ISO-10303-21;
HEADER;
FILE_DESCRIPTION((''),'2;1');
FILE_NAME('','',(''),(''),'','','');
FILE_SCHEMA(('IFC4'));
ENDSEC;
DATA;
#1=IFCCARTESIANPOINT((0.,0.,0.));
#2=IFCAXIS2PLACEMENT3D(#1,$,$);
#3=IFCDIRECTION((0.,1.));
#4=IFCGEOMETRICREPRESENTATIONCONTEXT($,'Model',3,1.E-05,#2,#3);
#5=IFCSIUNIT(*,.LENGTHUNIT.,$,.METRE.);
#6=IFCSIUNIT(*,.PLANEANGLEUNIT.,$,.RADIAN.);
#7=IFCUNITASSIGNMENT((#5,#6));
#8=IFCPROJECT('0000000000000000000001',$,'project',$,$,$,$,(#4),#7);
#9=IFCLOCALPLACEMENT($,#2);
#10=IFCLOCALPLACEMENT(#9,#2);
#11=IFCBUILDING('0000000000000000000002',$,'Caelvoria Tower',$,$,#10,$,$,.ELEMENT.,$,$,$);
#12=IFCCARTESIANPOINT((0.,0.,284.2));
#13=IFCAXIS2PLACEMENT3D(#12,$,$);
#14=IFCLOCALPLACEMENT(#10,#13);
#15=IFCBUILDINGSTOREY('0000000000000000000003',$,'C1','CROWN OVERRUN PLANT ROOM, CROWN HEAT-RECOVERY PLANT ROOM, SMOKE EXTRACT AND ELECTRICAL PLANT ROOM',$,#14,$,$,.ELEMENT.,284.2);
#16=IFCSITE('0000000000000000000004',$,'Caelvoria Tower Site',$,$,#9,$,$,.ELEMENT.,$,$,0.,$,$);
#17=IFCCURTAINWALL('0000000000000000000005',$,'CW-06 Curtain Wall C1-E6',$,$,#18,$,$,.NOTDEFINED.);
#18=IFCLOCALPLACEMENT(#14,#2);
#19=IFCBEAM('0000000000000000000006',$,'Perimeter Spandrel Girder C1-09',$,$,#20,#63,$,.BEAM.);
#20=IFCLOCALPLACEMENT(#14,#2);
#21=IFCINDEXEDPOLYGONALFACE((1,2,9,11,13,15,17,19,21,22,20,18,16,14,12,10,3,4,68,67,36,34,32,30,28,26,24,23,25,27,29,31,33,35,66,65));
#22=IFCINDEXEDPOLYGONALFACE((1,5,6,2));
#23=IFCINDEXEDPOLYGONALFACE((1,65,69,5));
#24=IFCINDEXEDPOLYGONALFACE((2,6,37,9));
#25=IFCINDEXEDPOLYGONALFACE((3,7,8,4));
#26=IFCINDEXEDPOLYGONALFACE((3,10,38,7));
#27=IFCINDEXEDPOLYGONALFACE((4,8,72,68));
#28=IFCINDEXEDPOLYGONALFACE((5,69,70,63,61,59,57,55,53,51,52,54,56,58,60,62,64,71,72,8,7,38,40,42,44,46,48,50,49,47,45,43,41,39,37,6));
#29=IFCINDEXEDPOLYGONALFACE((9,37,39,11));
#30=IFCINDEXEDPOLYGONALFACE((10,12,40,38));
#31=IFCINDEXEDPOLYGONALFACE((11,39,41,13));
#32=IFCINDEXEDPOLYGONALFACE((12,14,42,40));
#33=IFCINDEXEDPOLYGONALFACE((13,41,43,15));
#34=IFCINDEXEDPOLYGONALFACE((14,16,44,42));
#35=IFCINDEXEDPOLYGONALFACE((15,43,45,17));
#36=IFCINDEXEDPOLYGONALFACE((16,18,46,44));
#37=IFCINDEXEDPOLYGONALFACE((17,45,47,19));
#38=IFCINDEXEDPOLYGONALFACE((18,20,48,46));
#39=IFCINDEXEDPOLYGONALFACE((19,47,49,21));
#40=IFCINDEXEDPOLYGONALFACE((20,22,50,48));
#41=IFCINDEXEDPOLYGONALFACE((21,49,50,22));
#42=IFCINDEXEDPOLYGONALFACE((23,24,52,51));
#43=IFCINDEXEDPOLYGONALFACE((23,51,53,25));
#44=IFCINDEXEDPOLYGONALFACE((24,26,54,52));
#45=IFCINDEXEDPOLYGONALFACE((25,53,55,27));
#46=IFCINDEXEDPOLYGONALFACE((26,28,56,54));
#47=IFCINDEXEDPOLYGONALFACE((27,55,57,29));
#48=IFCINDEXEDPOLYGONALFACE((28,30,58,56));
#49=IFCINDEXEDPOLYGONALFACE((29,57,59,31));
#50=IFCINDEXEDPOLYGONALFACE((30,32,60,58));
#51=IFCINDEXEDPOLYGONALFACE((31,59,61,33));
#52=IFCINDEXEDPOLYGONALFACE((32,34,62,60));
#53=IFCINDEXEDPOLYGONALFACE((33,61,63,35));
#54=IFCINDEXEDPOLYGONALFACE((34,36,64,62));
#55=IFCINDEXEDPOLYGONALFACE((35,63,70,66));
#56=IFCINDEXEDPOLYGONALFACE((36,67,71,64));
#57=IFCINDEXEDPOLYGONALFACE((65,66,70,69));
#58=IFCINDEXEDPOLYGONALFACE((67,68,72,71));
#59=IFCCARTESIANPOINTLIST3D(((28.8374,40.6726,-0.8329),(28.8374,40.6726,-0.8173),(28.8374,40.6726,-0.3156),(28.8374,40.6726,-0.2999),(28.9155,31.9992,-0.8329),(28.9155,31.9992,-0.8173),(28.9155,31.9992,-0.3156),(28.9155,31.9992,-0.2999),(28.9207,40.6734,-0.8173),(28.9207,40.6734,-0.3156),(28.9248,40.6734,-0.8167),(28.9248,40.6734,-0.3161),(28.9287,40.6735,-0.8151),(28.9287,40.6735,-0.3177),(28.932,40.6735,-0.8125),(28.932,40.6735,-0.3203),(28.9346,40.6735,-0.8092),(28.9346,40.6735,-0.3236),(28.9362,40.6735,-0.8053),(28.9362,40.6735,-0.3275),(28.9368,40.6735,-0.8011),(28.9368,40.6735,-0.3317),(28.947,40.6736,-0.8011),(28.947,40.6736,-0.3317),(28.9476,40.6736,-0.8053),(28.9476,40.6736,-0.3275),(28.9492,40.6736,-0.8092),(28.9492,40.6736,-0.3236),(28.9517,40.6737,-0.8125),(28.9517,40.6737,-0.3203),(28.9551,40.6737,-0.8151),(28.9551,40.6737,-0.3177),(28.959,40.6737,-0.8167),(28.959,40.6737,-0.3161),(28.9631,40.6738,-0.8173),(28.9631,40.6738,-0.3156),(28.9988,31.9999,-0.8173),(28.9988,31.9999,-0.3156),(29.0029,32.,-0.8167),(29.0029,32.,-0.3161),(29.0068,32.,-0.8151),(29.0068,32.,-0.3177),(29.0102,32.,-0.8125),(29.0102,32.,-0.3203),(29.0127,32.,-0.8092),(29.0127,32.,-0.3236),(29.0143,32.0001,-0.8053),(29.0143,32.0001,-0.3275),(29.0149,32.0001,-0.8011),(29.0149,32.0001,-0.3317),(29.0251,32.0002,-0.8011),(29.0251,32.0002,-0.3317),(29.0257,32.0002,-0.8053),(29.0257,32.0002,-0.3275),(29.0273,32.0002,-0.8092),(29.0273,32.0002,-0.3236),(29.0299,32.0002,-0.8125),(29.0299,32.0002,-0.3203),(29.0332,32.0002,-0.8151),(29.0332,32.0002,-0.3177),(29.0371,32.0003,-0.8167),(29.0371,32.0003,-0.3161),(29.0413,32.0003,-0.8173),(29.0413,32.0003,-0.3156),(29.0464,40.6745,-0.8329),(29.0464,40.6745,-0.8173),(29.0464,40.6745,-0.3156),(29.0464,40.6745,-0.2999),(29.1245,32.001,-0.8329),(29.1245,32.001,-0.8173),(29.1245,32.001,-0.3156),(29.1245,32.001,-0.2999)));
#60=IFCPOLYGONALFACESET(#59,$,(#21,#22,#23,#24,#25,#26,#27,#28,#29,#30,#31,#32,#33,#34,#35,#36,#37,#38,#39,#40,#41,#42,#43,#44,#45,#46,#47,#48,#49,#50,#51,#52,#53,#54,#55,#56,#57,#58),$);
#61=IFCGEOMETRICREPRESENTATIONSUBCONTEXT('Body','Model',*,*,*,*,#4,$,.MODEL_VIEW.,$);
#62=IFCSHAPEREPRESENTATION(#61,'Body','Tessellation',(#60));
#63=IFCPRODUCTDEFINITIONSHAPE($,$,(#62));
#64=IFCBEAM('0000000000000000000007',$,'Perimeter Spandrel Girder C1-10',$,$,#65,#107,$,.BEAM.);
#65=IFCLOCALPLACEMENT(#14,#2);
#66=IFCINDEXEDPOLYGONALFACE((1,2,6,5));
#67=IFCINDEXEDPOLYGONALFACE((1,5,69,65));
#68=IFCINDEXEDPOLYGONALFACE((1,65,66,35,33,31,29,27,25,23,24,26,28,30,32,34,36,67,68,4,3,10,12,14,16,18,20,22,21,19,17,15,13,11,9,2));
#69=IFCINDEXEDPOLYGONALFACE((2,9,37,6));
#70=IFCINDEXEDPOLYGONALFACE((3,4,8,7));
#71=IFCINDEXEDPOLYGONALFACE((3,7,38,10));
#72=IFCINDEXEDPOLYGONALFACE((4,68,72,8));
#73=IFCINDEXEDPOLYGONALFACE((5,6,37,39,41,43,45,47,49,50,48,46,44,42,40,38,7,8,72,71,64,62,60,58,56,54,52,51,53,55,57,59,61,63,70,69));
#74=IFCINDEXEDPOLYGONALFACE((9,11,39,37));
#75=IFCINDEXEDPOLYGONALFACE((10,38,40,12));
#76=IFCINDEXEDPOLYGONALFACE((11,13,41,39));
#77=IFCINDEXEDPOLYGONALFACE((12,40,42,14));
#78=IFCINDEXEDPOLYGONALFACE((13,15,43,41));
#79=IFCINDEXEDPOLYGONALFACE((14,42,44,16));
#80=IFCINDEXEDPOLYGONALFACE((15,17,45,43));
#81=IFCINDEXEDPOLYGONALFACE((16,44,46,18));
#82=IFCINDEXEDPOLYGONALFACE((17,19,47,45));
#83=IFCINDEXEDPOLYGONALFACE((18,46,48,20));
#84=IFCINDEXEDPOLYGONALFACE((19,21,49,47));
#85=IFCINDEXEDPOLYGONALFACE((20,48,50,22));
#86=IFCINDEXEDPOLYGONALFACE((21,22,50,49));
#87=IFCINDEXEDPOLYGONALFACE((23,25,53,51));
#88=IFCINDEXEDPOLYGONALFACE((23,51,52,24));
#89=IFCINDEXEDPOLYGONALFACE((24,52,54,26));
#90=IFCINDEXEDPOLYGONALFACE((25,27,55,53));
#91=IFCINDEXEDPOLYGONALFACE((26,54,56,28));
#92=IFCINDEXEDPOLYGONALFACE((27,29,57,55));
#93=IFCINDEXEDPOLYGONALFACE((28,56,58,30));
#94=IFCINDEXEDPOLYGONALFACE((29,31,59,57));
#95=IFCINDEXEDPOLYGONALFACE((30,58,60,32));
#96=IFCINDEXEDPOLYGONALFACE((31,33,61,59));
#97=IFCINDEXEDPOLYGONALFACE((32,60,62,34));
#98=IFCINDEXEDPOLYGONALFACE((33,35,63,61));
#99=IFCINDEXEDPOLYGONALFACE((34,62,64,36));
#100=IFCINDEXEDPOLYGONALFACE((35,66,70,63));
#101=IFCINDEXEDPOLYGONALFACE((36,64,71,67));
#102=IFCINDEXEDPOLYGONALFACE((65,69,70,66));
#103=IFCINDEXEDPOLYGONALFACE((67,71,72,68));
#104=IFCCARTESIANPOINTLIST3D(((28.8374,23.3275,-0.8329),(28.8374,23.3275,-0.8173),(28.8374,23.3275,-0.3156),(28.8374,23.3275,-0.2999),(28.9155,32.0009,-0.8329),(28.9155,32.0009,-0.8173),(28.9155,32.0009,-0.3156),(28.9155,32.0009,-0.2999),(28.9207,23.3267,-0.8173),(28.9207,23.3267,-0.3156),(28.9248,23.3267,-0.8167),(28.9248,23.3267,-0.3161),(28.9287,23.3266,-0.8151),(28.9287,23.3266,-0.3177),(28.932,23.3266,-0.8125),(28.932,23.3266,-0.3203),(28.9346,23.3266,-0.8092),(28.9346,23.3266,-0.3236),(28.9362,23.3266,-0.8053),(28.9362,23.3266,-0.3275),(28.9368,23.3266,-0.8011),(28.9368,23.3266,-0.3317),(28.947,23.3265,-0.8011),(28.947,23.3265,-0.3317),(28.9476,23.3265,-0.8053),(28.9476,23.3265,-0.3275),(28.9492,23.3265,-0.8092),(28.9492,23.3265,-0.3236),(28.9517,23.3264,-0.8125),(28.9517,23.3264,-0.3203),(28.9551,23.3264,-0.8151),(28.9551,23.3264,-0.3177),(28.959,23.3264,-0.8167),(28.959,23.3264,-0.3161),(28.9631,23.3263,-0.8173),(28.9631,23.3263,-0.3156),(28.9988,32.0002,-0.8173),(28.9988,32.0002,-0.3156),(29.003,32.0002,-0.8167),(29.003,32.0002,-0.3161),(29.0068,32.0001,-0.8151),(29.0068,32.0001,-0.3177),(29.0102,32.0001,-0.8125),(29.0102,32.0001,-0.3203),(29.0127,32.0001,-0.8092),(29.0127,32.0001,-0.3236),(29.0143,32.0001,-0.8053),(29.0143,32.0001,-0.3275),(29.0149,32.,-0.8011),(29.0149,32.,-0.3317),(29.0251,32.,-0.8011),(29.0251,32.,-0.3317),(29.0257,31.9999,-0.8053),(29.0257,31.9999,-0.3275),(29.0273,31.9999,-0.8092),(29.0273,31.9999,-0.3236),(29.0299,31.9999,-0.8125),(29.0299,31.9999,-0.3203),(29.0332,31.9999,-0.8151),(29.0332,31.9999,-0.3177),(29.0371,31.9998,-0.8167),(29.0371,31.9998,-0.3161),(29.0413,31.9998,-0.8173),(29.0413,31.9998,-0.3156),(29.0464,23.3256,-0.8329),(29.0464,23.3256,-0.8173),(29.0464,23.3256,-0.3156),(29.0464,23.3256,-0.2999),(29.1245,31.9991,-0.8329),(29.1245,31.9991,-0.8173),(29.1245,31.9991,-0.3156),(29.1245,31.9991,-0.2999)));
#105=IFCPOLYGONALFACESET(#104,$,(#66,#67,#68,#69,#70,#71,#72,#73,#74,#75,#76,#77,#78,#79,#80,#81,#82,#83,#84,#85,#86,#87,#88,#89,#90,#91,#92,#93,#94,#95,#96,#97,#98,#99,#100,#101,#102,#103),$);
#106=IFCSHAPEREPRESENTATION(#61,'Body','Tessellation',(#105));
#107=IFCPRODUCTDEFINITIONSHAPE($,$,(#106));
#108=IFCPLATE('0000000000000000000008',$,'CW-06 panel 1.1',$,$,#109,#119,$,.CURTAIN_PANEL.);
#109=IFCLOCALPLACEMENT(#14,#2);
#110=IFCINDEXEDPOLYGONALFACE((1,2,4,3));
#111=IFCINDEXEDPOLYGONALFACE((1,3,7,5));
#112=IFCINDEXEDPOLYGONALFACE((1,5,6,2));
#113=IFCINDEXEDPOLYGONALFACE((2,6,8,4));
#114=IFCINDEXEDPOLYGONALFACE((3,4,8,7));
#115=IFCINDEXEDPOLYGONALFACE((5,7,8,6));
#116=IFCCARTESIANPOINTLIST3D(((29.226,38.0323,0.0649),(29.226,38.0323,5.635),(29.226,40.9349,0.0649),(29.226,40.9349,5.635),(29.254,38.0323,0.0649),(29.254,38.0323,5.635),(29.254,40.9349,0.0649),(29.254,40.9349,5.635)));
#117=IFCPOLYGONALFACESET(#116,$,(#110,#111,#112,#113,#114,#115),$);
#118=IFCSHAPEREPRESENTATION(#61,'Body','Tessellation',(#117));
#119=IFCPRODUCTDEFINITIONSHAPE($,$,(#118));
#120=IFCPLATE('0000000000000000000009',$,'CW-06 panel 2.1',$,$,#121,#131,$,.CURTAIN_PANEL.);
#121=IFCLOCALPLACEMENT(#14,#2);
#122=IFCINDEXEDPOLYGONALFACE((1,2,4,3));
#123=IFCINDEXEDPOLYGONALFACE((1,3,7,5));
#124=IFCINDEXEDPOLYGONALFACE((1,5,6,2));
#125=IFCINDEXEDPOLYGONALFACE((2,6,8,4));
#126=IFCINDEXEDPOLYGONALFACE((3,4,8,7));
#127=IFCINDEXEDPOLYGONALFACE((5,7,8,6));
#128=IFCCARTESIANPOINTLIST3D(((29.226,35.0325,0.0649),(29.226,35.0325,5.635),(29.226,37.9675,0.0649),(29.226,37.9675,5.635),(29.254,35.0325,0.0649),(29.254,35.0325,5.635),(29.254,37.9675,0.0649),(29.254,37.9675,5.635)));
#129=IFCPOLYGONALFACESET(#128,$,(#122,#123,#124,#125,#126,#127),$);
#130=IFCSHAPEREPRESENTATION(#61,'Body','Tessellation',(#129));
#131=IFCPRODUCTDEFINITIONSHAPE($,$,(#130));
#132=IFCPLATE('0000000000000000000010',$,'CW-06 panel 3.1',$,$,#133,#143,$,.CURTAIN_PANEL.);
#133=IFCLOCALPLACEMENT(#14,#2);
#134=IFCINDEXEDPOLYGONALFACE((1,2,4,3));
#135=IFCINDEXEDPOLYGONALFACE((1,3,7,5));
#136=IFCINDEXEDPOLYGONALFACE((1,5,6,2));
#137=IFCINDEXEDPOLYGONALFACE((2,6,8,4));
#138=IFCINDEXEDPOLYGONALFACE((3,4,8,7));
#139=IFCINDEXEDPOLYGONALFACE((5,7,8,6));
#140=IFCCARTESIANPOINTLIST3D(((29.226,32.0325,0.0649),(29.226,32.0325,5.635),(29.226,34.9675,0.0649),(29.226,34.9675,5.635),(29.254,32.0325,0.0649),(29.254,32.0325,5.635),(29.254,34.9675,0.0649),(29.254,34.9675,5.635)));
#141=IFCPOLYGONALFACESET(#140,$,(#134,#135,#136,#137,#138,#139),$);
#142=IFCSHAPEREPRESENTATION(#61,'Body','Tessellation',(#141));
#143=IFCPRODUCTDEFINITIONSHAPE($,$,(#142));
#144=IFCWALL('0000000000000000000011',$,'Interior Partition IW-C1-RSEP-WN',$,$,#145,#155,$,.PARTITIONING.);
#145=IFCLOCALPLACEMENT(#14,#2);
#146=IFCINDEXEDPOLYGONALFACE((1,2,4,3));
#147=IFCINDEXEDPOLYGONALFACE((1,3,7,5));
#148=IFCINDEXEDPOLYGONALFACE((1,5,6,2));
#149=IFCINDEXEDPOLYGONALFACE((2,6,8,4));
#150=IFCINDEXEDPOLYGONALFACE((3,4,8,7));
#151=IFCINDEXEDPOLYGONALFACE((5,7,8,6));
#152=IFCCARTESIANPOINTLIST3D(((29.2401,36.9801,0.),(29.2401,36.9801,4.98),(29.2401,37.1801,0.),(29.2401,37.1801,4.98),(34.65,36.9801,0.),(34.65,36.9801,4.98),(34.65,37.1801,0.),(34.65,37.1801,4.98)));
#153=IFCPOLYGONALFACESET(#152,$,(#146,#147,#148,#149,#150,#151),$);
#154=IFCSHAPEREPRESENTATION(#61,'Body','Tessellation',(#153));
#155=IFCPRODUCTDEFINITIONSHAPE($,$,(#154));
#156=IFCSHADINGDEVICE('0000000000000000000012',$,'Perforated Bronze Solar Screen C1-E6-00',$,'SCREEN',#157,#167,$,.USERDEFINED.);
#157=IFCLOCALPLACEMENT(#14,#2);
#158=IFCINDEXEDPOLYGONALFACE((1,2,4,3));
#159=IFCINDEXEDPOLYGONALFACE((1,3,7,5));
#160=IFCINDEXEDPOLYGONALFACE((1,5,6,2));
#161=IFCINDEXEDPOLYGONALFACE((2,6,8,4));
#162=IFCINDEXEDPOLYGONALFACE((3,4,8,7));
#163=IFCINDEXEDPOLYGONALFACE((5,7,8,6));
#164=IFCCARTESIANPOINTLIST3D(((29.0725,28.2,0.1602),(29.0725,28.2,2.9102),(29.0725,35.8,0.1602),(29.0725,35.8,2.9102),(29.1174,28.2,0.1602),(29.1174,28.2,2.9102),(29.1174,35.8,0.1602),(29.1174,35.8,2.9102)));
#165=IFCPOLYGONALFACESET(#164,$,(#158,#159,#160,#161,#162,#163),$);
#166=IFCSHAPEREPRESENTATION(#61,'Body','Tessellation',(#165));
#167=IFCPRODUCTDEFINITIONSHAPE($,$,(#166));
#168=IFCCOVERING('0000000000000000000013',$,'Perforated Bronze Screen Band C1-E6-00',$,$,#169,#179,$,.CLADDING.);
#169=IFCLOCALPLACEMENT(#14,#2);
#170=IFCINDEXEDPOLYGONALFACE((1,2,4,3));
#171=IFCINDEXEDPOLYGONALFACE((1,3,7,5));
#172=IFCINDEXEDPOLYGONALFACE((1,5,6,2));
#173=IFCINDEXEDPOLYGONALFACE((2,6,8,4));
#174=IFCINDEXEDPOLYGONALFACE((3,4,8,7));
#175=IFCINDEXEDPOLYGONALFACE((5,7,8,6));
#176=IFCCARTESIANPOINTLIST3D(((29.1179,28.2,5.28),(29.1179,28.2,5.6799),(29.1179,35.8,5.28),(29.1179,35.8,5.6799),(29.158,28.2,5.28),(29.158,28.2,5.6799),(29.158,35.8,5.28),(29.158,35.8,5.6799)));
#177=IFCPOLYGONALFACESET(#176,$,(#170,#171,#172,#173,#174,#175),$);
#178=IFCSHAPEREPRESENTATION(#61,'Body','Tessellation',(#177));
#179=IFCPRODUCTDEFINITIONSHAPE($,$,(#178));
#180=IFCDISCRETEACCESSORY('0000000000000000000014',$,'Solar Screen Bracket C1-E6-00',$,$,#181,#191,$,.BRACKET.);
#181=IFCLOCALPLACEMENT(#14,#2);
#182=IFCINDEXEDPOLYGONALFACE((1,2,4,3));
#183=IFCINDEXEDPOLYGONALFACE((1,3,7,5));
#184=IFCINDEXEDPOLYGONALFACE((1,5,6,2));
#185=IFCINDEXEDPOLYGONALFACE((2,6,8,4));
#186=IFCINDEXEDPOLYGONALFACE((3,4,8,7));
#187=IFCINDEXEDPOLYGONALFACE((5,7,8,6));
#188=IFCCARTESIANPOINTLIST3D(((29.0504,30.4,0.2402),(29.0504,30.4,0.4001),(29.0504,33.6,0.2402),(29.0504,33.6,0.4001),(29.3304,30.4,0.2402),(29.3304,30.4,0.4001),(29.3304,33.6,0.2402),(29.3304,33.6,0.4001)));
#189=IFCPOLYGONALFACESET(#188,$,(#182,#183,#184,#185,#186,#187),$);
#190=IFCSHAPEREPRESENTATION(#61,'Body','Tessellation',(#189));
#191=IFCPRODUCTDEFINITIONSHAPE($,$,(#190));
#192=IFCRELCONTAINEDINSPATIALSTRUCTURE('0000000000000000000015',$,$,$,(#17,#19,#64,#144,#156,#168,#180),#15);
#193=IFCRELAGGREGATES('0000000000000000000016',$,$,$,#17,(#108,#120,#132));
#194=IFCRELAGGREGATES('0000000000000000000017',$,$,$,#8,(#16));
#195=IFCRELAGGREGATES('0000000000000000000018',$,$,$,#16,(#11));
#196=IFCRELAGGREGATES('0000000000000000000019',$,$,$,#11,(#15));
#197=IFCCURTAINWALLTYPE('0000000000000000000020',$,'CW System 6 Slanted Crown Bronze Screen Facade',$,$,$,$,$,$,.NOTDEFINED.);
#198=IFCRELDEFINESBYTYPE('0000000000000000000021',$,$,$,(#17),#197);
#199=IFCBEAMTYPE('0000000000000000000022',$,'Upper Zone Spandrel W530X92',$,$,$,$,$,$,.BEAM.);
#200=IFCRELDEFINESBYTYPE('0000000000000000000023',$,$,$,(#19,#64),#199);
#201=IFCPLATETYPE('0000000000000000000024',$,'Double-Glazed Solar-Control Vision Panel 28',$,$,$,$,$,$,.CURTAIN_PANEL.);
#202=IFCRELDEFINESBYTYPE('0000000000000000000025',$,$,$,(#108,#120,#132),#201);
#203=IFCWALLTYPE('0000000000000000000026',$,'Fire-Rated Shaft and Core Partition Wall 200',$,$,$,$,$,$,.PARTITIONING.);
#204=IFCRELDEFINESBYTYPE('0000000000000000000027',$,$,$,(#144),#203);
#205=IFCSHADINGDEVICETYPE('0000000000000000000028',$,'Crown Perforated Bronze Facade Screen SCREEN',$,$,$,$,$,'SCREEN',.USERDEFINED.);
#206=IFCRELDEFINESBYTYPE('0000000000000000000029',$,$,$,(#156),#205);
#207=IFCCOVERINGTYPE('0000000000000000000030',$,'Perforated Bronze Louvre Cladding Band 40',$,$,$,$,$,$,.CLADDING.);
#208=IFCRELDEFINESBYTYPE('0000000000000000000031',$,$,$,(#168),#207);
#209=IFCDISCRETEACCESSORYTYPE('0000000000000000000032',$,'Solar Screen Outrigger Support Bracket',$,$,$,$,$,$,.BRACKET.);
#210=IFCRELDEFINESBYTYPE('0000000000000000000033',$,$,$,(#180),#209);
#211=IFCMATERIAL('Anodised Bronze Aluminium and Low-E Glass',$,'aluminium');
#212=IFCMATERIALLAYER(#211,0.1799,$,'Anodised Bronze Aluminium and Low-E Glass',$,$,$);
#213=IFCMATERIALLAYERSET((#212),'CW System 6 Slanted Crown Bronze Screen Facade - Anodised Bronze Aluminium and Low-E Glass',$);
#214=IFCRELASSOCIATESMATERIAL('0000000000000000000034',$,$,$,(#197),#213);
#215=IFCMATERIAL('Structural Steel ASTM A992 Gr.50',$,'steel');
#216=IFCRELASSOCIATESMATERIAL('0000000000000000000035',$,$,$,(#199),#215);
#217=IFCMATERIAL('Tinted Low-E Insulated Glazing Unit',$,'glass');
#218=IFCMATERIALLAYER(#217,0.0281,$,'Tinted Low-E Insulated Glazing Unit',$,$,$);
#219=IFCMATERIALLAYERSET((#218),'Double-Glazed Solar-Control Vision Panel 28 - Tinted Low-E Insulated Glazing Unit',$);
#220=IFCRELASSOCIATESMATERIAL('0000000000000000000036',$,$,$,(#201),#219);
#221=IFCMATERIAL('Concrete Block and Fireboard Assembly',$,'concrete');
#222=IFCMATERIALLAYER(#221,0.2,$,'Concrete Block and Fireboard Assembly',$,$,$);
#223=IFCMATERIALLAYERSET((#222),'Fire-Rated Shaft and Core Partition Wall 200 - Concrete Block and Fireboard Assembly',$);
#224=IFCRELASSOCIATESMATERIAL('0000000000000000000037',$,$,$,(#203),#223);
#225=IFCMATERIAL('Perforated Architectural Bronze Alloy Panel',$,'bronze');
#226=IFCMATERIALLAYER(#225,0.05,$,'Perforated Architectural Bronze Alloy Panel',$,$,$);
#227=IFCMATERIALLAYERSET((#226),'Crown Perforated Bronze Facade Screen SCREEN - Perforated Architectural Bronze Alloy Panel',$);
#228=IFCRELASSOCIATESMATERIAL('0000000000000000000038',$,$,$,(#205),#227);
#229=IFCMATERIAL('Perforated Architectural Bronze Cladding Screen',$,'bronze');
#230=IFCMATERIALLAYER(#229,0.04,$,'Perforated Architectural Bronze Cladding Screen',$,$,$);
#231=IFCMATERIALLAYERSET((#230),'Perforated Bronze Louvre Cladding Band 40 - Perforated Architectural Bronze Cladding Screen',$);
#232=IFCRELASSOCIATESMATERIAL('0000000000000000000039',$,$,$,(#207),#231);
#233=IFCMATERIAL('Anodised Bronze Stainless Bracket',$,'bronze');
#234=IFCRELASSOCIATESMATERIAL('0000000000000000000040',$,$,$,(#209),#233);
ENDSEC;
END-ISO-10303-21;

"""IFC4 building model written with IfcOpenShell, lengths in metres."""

from ifc_helpers import new_model, si_unit, direction, frame, frame_2d, origin, origin_2d, place, context, subcontext, project, spatial, rectangle, i_section, extrude, material, layer, layer_set, material_profile, profile_set, type_object, element, aggregate, save


model = new_model("IFC4")

# Units and contexts
model_context = context("Model", 3, precision=1e-05, world=origin(), true_north=direction((0.0, 1.0)))
body_context = subcontext(model_context, "Body", "Model", "MODEL_VIEW")
ifc_project = project(units=[si_unit("LENGTHUNIT", "METRE"), si_unit("PLANEANGLEUNIT", "RADIAN")], contexts=[model_context])

# Site, building, storey
site_placement = place(None, origin())
site = spatial("IfcSite", under=ifc_project, at=site_placement, Name="Caelvoria Tower Site", CompositionType="ELEMENT", RefElevation=0.0)
building_placement = place(site_placement, origin())
building = spatial("IfcBuilding", under=site, at=building_placement, Name="Caelvoria Tower", CompositionType="ELEMENT")
storey_placement = place(building_placement, frame((0.0, 0.0, 284.2)))
storey = spatial("IfcBuildingStorey", under=building, at=storey_placement, Name="C1", Description="CROWN OVERRUN PLANT ROOM, CROWN HEAT-RECOVERY PLANT ROOM, SMOKE EXTRACT AND ELECTRICAL PLANT ROOM", CompositionType="ELEMENT", Elevation=284.2)

# Shared definitions
ifc_material_1 = material(Name="Anodised Bronze Aluminium and Low-E Glass", Category="aluminium")
ifc_layer_1 = layer(ifc_material_1, 0.1799, Name="Anodised Bronze Aluminium and Low-E Glass")
ifc_layer_set_1 = layer_set([ifc_layer_1], Name="CW System 6 Slanted Crown Bronze Screen Facade - Anodised Bronze Aluminium and Low-E Glass")
curtain_wall_type = type_object("IfcCurtainWallType", Name="CW System 6 Slanted Crown Bronze Screen Facade", PredefinedType="NOTDEFINED", material=ifc_layer_set_1)

# Curtain wall
curtain_wall_1_placement = place(storey_placement, origin())
curtain_wall_1 = element("IfcCurtainWall", 1, at=curtain_wall_1_placement, inside=storey, type_object=curtain_wall_type, Name="CW-06 Curtain Wall C1-E6", PredefinedType="NOTDEFINED")

# Beams
ifc_material_2 = material(Name="Structural Steel ASTM A992 Gr.50", Category="steel")
ifc_material_profile_1 = material_profile(ifc_material_2, i_section(OverallWidth=0.209, OverallDepth=0.533, WebThickness=0.0103, FlangeThickness=0.0156, FilletRadius=0.0161, at=origin_2d()), Name="Structural Steel ASTM A992 Gr.50")
ifc_profile_set_1 = profile_set([ifc_material_profile_1], Name="W530X92 - Structural Steel ASTM A992 Gr.50")
beam_type = type_object("IfcBeamType", Name="Upper Zone Spandrel W530X92", PredefinedType="BEAM", material=ifc_profile_set_1)
for number, where, z_axis, x_axis, name in (
    (2, (28.9419, 40.6736, -0.5664), (0.009007, -0.999959, 0.0), (0.999959, 0.009007, 0.0), "Perimeter Spandrel Girder C1-09"),
    (3, (29.02, 32.0, -0.5664), (-0.009007, -0.999959, 0.0), (0.999959, -0.009007, 0.0), "Perimeter Spandrel Girder C1-10"),
):
    element("IfcBeam", number, at=place(storey_placement, frame(where, z_axis=z_axis, x_axis=x_axis)), inside=storey, type_object=beam_type, Name=name, PredefinedType="BEAM", context=body_context, shape_type="SweptSolid", body=[
        extrude(i_section(OverallWidth=0.209, OverallDepth=0.533, WebThickness=0.0103, FlangeThickness=0.0156, FilletRadius=0.0161, at=origin_2d()), origin(), (0.0, 0.0, 1.0), 8.6738),
    ])

# Plates
ifc_material_3 = material(Name="Tinted Low-E Insulated Glazing Unit", Category="glass")
ifc_layer_2 = layer(ifc_material_3, 0.0281, Name="Tinted Low-E Insulated Glazing Unit")
ifc_layer_set_2 = layer_set([ifc_layer_2], Name="Double-Glazed Solar-Control Vision Panel 28 - Tinted Low-E Insulated Glazing Unit")
plate_type = type_object("IfcPlateType", Name="Double-Glazed Solar-Control Vision Panel 28", PredefinedType="CURTAIN_PANEL", material=ifc_layer_set_2)
plate_1_placement = place(storey_placement, frame((29.24, 39.4836, 0.0649), z_axis=(0.0, 0.0, 1.0), x_axis=(0.0, -1.0, 0.0)))
plate_1 = element("IfcPlate", 4, at=plate_1_placement, type_object=plate_type, Name="CW-06 panel 1.1", PredefinedType="CURTAIN_PANEL", context=body_context, shape_type="SweptSolid", body=[
    extrude(rectangle(XDim=2.9026, YDim=0.0281, at=origin_2d()), origin(), (0.0, 0.0, 1.0), 5.5701),
])
plate_2_placement = place(storey_placement, frame((29.24, 36.5, 0.0649), z_axis=(0.0, 0.0, 1.0), x_axis=(0.0, -1.0, 0.0)))
plate_2 = element("IfcPlate", 5, at=plate_2_placement, type_object=plate_type, Name="CW-06 panel 2.1", PredefinedType="CURTAIN_PANEL", context=body_context, shape_type="SweptSolid", body=[
    extrude(rectangle(XDim=2.9351, YDim=0.0281, at=origin_2d()), origin(), (0.0, 0.0, 1.0), 5.5701),
])
plate_3_placement = place(storey_placement, frame((29.24, 33.5, 0.0649), z_axis=(0.0, 0.0, 1.0), x_axis=(0.0, -1.0, 0.0)))
plate_3 = element("IfcPlate", 6, at=plate_3_placement, type_object=plate_type, Name="CW-06 panel 3.1", PredefinedType="CURTAIN_PANEL", context=body_context, shape_type="SweptSolid", body=[
    extrude(rectangle(XDim=2.9351, YDim=0.0281, at=origin_2d()), origin(), (0.0, 0.0, 1.0), 5.5701),
])
aggregate(curtain_wall_1, [plate_1, plate_2, plate_3])

# Wall
ifc_material_4 = material(Name="Concrete Block and Fireboard Assembly", Category="concrete")
ifc_layer_3 = layer(ifc_material_4, 0.2, Name="Concrete Block and Fireboard Assembly")
ifc_layer_set_3 = layer_set([ifc_layer_3], Name="Fire-Rated Shaft and Core Partition Wall 200 - Concrete Block and Fireboard Assembly")
wall_type = type_object("IfcWallType", Name="Fire-Rated Shaft and Core Partition Wall 200", PredefinedType="PARTITIONING", material=ifc_layer_set_3)
wall_placement = place(storey_placement, frame((29.24, 37.0801, 0.0), z_axis=(0.0, 0.0, 1.0), x_axis=(1.0, 0.0, 0.0)))
element("IfcWall", 7, at=wall_placement, inside=storey, type_object=wall_type, Name="Interior Partition IW-C1-RSEP-WN", PredefinedType="PARTITIONING", context=body_context, shape_type="SweptSolid", body=[
    extrude(rectangle(XDim=5.4099, YDim=0.2, at=frame_2d((2.7051, 0.0))), origin(), (0.0, 0.0, 1.0), 4.98),
])

# Shading device
ifc_material_5 = material(Name="Perforated Architectural Bronze Alloy Panel", Category="bronze")
ifc_layer_4 = layer(ifc_material_5, 0.05, Name="Perforated Architectural Bronze Alloy Panel")
ifc_layer_set_4 = layer_set([ifc_layer_4], Name="Crown Perforated Bronze Facade Screen SCREEN - Perforated Architectural Bronze Alloy Panel")
shading_device_type = type_object("IfcShadingDeviceType", Name="Crown Perforated Bronze Facade Screen SCREEN", ElementType="SCREEN", PredefinedType="USERDEFINED", material=ifc_layer_set_4)
shading_device_placement = place(storey_placement, frame((29.095, 32.0, 0.1602), z_axis=(0.0, 0.0, 1.0), x_axis=(0.0, -1.0, 0.0)))
element("IfcShadingDevice", 8, at=shading_device_placement, inside=storey, type_object=shading_device_type, Name="Perforated Bronze Solar Screen C1-E6-00", ObjectType="SCREEN", PredefinedType="USERDEFINED", context=body_context, shape_type="SweptSolid", body=[
    extrude(rectangle(XDim=7.6001, YDim=0.0449, at=origin_2d()), origin(), (0.0, 0.0, 1.0), 2.75),
])

# Covering
ifc_material_6 = material(Name="Perforated Architectural Bronze Cladding Screen", Category="bronze")
ifc_layer_5 = layer(ifc_material_6, 0.04, Name="Perforated Architectural Bronze Cladding Screen")
ifc_layer_set_5 = layer_set([ifc_layer_5], Name="Perforated Bronze Louvre Cladding Band 40 - Perforated Architectural Bronze Cladding Screen")
covering_type = type_object("IfcCoveringType", Name="Perforated Bronze Louvre Cladding Band 40", PredefinedType="CLADDING", material=ifc_layer_set_5)
covering_placement = place(storey_placement, frame((29.1379, 32.0, 5.28), z_axis=(0.0, 0.0, 1.0), x_axis=(0.0, -1.0, 0.0)))
element("IfcCovering", 9, at=covering_placement, inside=storey, type_object=covering_type, Name="Perforated Bronze Screen Band C1-E6-00", PredefinedType="CLADDING", context=body_context, shape_type="SweptSolid", body=[
    extrude(rectangle(XDim=7.6001, YDim=0.04, at=origin_2d()), origin(), (0.0, 0.0, 1.0), 0.3999),
])

# Discrete accessory
ifc_material_7 = material(Name="Anodised Bronze Stainless Bracket", Category="bronze")
discrete_accessory_type = type_object("IfcDiscreteAccessoryType", Name="Solar Screen Outrigger Support Bracket", PredefinedType="BRACKET", material=ifc_material_7)
for number, where, z_axis, x_axis, name in (
    (10, (29.1904, 32.0, 0.2402), (0.0, 0.0, 1.0), (0.0, -1.0, 0.0), "Solar Screen Bracket C1-E6-00"),
):
    element("IfcDiscreteAccessory", number, at=place(storey_placement, frame(where, z_axis=z_axis, x_axis=x_axis)), inside=storey, type_object=discrete_accessory_type, Name=name, PredefinedType="BRACKET", context=body_context, shape_type="SweptSolid", body=[
        extrude(rectangle(XDim=3.2, YDim=0.28, at=origin_2d()), origin(), (0.0, 0.0, 1.0), 0.1599),
    ])

save(model, "model.ifc")
